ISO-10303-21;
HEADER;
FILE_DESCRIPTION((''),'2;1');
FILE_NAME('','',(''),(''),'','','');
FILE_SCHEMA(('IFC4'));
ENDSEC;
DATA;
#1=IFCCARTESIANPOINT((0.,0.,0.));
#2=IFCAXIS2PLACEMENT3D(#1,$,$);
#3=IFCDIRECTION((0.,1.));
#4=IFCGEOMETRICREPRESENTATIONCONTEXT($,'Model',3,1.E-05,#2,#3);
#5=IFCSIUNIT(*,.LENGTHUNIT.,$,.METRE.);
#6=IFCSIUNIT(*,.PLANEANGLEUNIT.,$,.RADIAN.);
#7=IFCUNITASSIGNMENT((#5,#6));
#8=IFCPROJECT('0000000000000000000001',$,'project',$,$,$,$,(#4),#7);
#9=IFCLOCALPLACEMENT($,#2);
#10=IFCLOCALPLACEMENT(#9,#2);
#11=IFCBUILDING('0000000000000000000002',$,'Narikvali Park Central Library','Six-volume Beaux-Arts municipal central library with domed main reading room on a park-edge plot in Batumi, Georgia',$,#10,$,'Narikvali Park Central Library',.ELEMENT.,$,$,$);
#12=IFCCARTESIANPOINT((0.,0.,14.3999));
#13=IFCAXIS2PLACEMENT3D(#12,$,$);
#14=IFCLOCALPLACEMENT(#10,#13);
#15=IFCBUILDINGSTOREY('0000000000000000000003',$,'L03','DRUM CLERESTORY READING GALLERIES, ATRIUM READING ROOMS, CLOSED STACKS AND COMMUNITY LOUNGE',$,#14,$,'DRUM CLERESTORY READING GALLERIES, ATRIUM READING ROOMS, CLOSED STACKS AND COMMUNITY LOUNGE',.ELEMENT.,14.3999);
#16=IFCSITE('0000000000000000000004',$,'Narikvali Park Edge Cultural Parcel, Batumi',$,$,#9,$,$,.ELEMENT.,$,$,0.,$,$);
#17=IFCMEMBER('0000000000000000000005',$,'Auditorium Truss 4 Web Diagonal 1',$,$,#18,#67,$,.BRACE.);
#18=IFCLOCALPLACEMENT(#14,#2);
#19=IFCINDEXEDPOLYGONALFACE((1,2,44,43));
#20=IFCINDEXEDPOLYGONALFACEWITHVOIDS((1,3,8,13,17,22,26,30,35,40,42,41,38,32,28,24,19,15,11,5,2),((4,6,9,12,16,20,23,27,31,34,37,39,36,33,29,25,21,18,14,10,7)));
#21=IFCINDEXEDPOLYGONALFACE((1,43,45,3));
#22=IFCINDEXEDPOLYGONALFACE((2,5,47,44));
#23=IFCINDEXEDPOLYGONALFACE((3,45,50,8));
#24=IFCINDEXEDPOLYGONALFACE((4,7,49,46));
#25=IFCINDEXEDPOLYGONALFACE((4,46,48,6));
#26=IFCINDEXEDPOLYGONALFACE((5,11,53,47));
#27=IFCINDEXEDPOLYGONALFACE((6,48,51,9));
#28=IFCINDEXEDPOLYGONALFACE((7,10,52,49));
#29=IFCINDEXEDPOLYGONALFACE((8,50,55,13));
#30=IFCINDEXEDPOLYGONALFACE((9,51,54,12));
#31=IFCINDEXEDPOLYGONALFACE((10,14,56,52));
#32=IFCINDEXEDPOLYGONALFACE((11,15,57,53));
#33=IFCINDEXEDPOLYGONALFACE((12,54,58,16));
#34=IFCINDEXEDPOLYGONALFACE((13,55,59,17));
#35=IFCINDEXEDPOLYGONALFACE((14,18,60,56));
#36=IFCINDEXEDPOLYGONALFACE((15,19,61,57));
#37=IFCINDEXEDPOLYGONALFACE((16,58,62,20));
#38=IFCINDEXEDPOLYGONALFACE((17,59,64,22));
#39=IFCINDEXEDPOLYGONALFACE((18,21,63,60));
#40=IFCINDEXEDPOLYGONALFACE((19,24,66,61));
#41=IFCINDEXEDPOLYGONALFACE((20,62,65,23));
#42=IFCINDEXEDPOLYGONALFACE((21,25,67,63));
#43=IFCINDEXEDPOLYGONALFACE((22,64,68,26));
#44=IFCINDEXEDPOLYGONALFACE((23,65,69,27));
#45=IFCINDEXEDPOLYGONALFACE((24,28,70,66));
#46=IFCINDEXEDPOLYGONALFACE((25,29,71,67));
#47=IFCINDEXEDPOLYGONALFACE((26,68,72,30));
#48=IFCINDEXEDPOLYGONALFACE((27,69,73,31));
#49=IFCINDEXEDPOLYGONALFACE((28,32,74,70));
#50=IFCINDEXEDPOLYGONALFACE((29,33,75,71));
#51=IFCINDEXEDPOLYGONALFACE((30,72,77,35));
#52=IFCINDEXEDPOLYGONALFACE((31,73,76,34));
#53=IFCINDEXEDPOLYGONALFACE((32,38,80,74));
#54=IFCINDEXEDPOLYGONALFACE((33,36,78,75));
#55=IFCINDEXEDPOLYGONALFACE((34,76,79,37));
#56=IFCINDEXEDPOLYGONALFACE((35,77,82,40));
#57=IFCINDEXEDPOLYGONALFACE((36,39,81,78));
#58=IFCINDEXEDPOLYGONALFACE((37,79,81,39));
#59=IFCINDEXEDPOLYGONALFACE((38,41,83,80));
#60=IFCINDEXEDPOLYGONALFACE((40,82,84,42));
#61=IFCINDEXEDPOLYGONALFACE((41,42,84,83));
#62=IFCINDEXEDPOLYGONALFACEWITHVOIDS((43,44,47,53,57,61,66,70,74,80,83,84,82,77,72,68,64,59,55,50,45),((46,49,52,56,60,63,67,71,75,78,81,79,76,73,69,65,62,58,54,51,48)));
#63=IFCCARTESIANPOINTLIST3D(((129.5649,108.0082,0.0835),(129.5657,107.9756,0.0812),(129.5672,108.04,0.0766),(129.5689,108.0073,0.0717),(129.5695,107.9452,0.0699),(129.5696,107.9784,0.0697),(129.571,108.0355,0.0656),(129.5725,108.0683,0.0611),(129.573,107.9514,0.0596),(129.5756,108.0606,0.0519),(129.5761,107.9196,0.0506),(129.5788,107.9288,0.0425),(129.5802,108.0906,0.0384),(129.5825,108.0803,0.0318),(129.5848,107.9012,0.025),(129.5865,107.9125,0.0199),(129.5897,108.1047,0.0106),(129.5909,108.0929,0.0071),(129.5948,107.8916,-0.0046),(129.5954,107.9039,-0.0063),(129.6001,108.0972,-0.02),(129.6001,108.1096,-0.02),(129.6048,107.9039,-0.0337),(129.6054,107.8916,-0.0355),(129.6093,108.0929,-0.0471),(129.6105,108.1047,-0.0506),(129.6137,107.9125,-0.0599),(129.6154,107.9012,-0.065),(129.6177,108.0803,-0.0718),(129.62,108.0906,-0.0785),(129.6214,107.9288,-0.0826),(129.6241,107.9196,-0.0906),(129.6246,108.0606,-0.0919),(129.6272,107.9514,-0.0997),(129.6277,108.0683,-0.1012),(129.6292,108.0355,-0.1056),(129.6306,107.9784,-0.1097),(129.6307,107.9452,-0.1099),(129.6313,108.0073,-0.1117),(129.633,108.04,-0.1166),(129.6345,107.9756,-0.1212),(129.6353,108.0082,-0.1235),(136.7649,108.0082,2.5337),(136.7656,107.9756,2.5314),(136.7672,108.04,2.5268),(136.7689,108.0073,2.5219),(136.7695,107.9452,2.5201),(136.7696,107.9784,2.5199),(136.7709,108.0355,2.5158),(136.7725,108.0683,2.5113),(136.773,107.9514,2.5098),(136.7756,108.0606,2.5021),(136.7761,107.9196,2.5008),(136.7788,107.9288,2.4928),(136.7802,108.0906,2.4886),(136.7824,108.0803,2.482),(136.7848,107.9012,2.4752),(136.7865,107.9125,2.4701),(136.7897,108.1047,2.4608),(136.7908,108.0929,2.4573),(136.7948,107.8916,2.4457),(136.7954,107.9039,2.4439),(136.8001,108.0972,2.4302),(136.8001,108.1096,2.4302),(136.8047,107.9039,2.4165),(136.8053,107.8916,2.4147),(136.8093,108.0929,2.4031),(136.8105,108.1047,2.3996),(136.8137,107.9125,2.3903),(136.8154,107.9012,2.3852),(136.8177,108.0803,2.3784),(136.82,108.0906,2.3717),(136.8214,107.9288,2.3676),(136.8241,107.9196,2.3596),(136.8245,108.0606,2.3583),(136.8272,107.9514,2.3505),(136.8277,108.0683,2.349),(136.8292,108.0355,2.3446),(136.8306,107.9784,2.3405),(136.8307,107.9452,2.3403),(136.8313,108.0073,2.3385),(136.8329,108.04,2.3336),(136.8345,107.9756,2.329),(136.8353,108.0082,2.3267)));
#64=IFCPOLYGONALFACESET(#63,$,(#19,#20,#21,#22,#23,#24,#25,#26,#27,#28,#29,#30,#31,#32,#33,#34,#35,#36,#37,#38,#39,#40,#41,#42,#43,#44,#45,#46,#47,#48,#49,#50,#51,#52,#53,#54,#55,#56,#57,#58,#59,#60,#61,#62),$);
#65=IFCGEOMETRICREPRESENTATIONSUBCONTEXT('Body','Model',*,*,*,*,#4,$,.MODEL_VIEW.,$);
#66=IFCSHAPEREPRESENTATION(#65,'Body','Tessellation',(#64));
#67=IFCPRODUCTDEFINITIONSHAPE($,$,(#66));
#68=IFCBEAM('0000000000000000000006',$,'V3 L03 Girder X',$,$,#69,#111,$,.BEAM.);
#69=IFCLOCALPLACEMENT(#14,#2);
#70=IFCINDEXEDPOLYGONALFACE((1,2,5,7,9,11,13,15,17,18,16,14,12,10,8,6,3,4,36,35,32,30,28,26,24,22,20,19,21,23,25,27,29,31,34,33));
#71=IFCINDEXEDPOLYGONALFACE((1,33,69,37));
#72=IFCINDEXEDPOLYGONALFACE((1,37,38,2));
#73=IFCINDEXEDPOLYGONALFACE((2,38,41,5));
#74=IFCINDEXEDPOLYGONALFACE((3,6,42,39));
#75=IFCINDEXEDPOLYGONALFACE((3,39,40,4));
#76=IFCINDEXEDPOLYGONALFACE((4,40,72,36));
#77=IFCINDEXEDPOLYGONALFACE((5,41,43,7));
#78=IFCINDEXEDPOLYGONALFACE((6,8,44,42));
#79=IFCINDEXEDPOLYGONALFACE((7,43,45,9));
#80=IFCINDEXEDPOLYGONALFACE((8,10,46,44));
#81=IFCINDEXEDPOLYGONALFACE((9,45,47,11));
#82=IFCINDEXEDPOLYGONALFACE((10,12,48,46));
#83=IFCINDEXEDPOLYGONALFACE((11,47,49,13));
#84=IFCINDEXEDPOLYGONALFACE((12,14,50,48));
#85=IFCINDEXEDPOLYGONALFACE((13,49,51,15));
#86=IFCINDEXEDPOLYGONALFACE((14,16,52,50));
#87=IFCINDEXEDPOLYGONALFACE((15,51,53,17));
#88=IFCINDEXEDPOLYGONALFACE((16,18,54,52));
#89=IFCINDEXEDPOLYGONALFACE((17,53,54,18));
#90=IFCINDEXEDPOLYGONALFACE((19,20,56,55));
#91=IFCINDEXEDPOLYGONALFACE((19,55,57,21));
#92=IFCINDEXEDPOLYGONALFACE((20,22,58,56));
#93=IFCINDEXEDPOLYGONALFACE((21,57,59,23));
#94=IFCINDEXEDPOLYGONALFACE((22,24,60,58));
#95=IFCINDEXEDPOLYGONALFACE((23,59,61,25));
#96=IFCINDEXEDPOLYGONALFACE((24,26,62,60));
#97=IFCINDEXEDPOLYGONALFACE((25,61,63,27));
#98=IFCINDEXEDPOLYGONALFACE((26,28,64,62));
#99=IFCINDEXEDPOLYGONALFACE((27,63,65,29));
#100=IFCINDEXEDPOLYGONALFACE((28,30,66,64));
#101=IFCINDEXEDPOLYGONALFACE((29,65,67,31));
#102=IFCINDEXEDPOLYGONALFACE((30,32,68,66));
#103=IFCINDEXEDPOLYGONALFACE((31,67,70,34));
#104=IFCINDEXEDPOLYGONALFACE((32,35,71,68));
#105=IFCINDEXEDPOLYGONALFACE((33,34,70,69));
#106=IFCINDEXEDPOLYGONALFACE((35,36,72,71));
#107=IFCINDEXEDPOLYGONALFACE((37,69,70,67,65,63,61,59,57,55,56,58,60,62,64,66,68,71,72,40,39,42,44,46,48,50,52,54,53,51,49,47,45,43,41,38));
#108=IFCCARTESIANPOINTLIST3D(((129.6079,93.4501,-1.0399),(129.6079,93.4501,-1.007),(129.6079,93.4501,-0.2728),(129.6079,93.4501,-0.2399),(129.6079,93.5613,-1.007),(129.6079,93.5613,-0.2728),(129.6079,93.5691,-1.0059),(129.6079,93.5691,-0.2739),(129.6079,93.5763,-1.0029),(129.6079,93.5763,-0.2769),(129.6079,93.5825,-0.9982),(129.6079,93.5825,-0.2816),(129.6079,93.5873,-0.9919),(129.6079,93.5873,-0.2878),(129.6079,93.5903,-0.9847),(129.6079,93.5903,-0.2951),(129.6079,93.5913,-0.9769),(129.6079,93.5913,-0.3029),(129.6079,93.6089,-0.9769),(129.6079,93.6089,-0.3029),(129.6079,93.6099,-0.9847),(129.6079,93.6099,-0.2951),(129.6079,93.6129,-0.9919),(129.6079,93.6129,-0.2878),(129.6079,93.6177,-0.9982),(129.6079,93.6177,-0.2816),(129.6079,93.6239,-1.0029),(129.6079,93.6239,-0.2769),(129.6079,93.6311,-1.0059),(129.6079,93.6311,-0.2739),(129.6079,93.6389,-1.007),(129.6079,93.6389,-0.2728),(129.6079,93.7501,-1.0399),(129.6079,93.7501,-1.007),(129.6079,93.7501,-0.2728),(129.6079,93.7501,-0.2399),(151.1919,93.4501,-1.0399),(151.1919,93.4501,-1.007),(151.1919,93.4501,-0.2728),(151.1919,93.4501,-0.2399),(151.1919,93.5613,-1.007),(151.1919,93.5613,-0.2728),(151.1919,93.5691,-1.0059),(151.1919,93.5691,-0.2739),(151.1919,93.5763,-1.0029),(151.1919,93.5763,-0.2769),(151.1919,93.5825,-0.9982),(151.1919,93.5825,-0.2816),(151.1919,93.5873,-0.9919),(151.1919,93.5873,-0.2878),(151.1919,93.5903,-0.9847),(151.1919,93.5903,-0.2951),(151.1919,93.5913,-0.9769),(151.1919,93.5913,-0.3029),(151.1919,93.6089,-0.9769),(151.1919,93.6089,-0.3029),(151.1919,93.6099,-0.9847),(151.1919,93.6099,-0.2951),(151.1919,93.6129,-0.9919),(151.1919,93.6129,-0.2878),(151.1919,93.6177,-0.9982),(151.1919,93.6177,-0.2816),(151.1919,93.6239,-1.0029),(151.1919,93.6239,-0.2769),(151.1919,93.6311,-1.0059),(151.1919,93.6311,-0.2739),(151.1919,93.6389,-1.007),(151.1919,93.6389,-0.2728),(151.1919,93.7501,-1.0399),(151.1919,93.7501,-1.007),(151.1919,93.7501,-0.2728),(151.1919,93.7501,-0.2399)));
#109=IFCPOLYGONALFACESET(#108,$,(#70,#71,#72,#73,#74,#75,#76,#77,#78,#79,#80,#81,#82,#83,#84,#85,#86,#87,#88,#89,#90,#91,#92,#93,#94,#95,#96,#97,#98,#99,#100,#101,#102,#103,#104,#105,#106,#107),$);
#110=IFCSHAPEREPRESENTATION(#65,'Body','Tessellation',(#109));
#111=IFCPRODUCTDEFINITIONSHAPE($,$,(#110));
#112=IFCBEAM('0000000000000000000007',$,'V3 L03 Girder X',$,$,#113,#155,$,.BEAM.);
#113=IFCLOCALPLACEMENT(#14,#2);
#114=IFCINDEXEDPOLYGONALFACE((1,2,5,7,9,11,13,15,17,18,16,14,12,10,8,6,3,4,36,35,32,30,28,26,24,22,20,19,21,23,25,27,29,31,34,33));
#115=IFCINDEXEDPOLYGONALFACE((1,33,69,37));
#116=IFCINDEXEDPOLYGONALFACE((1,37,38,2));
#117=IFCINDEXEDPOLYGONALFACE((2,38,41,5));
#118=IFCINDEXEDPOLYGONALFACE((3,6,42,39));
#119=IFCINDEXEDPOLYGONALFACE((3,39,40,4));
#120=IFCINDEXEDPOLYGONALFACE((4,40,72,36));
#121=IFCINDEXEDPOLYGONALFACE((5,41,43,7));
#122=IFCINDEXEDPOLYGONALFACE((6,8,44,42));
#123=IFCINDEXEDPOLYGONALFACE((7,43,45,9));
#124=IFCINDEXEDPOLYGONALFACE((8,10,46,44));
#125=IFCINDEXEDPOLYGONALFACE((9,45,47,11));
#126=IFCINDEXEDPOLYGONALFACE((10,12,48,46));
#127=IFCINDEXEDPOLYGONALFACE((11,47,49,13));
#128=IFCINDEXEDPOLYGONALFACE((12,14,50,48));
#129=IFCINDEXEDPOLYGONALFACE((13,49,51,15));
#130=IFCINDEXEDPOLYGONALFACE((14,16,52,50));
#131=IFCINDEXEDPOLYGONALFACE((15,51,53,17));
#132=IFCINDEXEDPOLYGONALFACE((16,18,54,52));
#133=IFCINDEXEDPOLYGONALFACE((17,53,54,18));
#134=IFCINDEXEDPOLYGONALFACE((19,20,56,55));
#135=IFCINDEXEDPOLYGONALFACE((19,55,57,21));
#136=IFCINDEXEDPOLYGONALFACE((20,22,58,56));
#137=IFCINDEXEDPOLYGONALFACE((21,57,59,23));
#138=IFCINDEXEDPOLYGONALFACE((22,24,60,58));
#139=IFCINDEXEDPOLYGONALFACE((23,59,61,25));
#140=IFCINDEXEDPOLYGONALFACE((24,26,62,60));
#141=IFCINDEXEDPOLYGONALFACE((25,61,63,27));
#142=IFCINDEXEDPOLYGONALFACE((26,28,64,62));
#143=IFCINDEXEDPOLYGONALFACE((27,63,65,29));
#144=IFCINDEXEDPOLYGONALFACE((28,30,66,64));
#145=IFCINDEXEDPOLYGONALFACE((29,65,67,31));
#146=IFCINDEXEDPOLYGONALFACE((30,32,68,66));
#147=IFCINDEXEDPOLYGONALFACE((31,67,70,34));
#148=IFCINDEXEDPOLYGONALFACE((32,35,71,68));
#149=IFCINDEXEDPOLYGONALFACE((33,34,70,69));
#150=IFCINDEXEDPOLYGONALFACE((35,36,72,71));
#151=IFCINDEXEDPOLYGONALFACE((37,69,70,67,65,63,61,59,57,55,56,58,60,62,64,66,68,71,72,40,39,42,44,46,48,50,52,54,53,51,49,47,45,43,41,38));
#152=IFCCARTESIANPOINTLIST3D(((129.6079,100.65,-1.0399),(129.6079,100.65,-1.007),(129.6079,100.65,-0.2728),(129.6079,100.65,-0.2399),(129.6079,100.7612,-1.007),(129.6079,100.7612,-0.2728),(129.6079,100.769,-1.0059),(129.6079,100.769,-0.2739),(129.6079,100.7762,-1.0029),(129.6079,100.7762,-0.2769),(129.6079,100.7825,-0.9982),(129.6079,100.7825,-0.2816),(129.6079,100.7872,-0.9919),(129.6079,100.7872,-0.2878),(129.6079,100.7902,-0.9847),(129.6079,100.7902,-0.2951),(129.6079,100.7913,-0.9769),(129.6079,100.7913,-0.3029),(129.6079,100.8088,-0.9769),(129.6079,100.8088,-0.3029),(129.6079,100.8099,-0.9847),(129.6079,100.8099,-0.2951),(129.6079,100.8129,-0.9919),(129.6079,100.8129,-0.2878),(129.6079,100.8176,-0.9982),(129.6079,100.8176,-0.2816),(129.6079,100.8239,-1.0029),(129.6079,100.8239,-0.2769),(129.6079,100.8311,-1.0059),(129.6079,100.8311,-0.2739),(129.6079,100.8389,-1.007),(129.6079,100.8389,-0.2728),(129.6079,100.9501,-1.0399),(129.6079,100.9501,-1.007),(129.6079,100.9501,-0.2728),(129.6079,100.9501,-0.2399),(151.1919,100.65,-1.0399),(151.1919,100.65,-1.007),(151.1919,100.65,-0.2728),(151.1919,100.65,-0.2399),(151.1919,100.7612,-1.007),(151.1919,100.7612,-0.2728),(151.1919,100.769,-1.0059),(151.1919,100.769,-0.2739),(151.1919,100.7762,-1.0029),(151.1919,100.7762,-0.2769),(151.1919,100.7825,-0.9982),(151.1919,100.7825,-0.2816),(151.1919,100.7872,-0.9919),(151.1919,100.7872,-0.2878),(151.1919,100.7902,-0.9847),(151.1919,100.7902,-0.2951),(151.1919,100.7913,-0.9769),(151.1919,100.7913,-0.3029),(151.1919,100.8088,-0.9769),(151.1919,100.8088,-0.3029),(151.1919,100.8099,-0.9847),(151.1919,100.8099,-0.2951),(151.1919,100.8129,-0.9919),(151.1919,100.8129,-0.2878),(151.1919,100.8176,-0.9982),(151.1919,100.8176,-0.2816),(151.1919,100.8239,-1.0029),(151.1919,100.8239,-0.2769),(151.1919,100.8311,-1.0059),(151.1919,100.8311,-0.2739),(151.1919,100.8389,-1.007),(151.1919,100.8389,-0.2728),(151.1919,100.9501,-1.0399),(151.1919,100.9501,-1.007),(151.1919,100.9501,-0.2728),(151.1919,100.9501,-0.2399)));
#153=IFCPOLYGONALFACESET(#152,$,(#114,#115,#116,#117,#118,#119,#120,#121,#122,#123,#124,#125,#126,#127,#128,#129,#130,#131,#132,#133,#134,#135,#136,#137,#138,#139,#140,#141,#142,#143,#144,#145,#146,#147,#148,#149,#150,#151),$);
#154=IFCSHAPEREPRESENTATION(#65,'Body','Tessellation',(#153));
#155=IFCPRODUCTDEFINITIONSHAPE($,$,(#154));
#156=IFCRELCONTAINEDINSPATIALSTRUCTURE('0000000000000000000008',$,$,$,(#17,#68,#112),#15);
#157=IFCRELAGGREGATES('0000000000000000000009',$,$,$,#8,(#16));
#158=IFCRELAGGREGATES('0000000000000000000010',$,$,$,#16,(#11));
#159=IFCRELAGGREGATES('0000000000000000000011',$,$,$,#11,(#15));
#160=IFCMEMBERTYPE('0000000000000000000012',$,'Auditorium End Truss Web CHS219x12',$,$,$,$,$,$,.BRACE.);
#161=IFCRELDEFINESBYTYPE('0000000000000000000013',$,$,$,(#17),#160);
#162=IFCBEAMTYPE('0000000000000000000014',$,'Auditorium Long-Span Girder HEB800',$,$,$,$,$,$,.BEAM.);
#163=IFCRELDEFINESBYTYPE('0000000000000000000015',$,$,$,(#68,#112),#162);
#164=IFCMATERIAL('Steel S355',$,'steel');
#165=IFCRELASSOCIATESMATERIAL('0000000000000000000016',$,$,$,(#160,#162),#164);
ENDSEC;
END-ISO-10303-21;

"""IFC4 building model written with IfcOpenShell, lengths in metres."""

from ifc_helpers import new_model, si_unit, direction, frame, origin, origin_2d, place, context, subcontext, project, spatial, hollow_circle, i_section, extrude, material, material_profile, profile_set, type_object, element, save


model = new_model("IFC4")

# Units and contexts
model_context = context("Model", 3, precision=1e-05, world=origin(), true_north=direction((0.0, 1.0)))
body_context = subcontext(model_context, "Body", "Model", "MODEL_VIEW")
ifc_project = project(units=[si_unit("LENGTHUNIT", "METRE"), si_unit("PLANEANGLEUNIT", "RADIAN")], contexts=[model_context])

# Site, building, storey
site_placement = place(None, origin())
site = spatial("IfcSite", under=ifc_project, at=site_placement, Name="Narikvali Park Edge Cultural Parcel, Batumi", CompositionType="ELEMENT", RefElevation=0.0)
building_placement = place(site_placement, origin())
building = spatial("IfcBuilding", under=site, at=building_placement, Name="Narikvali Park Central Library", Description="Six-volume Beaux-Arts municipal central library with domed main reading room on a park-edge plot in Batumi, Georgia", LongName="Narikvali Park Central Library", CompositionType="ELEMENT")
storey_placement = place(building_placement, frame((0.0, 0.0, 14.3999)))
storey = spatial("IfcBuildingStorey", under=building, at=storey_placement, Name="L03", Description="DRUM CLERESTORY READING GALLERIES, ATRIUM READING ROOMS, CLOSED STACKS AND COMMUNITY LOUNGE", LongName="DRUM CLERESTORY READING GALLERIES, ATRIUM READING ROOMS, CLOSED STACKS AND COMMUNITY LOUNGE", CompositionType="ELEMENT", Elevation=14.3999)

# Member
ifc_material = material(Name="Steel S355", Category="steel")
ifc_material_profile_1 = material_profile(ifc_material, hollow_circle(Radius=0.1096, WallThickness=0.0125, at=origin_2d()), Name="CHS 219.1x12.5")
ifc_profile_set_1 = profile_set([ifc_material_profile_1], Name="Steel S355")
member_type_1 = type_object("IfcMemberType", Name="Auditorium End Truss Web CHS219x12", PredefinedType="BRACE", material=ifc_profile_set_1)
for number, where, z_axis, x_axis, name in (
    (1, (129.6001, 108.0, -0.02), (0.946684, 0.0, 0.322163), (0.0, 1.0, 0.0), "Auditorium Truss 4 Web Diagonal 1"),
):
    element("IfcMember", number, at=place(storey_placement, frame(where, z_axis=z_axis, x_axis=x_axis)), inside=storey, type_object=member_type_1, Name=name, PredefinedType="BRACE", context=body_context, shape_type="SweptSolid", body=[
        extrude(hollow_circle(Radius=0.1096, WallThickness=0.0125, at=origin_2d()), origin(), (0.0, 0.0, 1.0), 7.6055),
    ])

# Beams
ifc_material_profile_2 = material_profile(ifc_material, i_section(OverallWidth=0.3, OverallDepth=0.8, WebThickness=0.0176, FlangeThickness=0.033, FilletRadius=0.03, at=origin_2d()), Name="HEB 800")
ifc_profile_set_2 = profile_set([ifc_material_profile_2], Name="Steel S355")
beam_type_1 = type_object("IfcBeamType", Name="Auditorium Long-Span Girder HEB800", PredefinedType="BEAM", material=ifc_profile_set_2)
for number, where, z_axis, x_axis, name in (
    (2, (129.6079, 93.6001, -0.6399), (1.0, 0.0, 0.0), (0.0, 1.0, 0.0), "V3 L03 Girder X"),
    (3, (129.6079, 100.8, -0.6399), (1.0, 0.0, 0.0), (0.0, 1.0, 0.0), "V3 L03 Girder X"),
):
    element("IfcBeam", number, at=place(storey_placement, frame(where, z_axis=z_axis, x_axis=x_axis)), inside=storey, type_object=beam_type_1, Name=name, PredefinedType="BEAM", context=body_context, shape_type="SweptSolid", body=[
        extrude(i_section(OverallWidth=0.3, OverallDepth=0.8, WebThickness=0.0176, FlangeThickness=0.033, FilletRadius=0.03, at=origin_2d()), origin(), (0.0, 0.0, 1.0), 21.584),
    ])

save(model, "model.ifc")
